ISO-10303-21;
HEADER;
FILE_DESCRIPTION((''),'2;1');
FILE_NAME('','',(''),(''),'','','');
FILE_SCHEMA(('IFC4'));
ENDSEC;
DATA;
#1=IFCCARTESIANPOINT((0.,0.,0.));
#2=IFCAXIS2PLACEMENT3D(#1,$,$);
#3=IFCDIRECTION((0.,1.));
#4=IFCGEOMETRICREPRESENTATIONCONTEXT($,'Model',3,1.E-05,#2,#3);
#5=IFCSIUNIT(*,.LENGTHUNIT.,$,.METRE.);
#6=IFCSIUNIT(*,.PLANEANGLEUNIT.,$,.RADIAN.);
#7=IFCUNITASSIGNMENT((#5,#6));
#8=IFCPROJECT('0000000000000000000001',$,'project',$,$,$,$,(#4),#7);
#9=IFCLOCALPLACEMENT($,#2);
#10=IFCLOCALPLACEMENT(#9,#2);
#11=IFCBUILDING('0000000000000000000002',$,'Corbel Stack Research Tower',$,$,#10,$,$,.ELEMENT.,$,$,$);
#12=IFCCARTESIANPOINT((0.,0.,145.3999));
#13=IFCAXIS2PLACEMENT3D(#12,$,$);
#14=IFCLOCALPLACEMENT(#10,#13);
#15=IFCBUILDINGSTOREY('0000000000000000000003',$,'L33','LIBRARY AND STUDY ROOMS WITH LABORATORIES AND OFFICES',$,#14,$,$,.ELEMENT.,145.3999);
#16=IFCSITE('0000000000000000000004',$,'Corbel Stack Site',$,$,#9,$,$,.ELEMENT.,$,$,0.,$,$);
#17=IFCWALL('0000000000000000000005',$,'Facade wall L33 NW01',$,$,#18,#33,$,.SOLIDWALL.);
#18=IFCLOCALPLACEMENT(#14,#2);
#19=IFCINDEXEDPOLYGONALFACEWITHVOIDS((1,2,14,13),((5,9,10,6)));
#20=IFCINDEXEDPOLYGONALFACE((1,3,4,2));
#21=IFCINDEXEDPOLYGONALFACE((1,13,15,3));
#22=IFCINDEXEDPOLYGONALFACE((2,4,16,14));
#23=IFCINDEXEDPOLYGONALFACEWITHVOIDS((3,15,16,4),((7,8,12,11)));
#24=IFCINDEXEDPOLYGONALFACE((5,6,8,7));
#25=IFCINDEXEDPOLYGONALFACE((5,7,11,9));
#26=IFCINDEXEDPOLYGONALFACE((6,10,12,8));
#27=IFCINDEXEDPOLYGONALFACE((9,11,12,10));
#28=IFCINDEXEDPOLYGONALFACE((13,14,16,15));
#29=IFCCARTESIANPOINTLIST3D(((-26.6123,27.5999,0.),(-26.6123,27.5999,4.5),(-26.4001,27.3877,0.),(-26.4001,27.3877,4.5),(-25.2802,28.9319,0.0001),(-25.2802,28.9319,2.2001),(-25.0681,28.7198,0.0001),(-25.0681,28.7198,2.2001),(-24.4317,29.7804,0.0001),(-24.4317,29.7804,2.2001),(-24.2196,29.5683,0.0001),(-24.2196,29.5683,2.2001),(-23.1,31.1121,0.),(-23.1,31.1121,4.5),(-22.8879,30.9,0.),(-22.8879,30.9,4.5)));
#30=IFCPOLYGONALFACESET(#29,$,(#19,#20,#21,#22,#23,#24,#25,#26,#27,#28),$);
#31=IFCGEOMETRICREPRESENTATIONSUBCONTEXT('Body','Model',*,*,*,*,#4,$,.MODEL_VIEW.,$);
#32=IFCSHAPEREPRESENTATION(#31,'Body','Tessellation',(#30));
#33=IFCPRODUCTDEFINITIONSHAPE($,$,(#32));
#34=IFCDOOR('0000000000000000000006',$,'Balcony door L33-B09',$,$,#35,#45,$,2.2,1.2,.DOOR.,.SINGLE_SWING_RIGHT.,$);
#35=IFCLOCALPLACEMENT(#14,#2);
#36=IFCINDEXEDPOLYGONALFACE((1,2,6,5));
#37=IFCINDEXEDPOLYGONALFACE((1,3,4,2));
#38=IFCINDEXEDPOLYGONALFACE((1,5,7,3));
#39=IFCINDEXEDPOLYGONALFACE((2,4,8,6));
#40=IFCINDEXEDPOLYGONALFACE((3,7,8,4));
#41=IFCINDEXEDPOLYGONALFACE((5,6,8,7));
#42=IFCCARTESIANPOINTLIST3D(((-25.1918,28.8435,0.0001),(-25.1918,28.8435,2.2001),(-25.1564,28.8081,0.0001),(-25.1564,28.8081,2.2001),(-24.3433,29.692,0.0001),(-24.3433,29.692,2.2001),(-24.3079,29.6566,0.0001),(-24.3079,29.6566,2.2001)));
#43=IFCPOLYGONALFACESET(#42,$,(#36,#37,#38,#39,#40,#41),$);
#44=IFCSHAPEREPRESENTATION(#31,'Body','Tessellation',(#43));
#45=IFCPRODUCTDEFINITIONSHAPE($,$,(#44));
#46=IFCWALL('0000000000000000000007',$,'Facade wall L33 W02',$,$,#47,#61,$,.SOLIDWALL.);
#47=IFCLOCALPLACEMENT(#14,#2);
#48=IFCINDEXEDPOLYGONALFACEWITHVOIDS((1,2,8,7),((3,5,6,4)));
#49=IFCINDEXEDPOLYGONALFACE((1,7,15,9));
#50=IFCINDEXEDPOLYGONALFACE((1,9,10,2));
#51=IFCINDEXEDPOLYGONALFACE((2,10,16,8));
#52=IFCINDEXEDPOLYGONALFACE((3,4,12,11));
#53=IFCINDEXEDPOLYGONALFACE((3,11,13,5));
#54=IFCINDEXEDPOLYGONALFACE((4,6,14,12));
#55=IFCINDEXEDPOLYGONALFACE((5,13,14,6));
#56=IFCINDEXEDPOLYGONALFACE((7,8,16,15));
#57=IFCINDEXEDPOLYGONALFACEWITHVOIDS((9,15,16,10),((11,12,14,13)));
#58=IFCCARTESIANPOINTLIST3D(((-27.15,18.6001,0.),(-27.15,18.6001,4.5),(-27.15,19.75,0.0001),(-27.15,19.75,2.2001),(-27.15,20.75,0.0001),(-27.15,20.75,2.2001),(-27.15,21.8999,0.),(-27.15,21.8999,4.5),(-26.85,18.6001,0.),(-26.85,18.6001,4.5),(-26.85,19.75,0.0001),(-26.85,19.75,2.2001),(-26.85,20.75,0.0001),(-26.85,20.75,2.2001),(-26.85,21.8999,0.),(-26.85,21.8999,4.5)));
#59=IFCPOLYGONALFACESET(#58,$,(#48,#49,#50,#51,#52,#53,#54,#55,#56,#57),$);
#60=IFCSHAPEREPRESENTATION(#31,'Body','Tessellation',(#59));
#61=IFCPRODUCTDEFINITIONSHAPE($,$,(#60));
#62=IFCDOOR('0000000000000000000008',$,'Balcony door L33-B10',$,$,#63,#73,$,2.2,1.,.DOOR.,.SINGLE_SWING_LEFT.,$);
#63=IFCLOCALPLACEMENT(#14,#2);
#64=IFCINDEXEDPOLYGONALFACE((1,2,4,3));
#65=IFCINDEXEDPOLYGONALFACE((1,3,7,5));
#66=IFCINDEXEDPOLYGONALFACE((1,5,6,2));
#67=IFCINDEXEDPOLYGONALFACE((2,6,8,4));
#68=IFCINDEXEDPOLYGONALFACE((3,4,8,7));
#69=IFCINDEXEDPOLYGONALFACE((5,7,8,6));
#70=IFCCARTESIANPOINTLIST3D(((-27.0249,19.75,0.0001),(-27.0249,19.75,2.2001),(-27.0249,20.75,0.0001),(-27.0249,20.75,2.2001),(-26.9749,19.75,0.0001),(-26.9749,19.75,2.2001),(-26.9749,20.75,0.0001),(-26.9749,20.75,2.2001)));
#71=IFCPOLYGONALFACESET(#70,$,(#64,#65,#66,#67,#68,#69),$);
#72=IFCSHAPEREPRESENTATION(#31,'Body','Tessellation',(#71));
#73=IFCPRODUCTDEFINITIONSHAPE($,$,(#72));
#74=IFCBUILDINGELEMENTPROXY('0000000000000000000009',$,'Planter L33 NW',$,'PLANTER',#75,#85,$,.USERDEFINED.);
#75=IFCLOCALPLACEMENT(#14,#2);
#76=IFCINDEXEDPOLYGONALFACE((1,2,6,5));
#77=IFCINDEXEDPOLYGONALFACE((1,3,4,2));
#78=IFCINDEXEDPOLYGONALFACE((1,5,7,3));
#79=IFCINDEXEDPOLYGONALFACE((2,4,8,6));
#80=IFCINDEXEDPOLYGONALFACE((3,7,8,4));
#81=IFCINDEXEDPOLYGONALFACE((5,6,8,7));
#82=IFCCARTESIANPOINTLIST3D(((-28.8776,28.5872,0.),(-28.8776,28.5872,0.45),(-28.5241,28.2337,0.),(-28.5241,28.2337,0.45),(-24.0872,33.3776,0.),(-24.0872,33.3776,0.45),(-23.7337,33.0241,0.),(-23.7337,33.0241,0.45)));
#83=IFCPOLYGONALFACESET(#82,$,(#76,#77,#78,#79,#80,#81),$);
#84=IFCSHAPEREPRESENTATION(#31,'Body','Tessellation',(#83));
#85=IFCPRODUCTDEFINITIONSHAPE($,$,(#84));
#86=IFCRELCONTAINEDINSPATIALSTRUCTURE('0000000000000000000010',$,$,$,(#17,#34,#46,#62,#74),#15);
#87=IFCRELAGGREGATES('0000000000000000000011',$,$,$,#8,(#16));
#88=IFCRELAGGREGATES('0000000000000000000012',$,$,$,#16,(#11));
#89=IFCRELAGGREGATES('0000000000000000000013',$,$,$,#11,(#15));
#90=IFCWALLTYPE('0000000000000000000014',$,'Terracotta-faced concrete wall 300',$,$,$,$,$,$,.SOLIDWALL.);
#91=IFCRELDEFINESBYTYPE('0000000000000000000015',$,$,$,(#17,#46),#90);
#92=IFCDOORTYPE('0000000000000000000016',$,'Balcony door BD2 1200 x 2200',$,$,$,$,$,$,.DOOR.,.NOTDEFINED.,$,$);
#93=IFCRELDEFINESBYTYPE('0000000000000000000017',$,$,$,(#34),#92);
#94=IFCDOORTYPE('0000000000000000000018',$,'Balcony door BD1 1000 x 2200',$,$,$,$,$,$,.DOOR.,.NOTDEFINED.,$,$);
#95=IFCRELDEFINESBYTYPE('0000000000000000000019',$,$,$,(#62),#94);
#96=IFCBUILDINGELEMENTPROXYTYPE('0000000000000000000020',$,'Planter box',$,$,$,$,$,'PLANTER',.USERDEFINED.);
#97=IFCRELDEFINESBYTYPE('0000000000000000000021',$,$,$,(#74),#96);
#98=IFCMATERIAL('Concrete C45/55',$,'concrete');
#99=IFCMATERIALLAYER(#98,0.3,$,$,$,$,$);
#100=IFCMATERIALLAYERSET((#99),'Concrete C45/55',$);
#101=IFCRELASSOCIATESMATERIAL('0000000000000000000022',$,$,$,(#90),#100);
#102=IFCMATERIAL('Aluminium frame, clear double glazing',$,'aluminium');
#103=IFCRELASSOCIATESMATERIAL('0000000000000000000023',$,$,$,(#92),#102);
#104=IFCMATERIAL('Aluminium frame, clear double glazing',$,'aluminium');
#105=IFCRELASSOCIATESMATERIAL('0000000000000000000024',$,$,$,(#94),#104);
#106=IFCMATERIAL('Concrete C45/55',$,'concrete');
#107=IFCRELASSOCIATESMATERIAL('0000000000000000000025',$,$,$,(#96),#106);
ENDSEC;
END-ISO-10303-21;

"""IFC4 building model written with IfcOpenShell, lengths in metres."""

from ifc_helpers import new_model, si_unit, direction, frame, frame_2d, origin, origin_2d, place, context, subcontext, project, spatial, rectangle, extrude, material, layer, layer_set, type_object, element, fill, save


model = new_model("IFC4")

# Units and contexts
model_context = context("Model", 3, precision=1e-05, world=origin(), true_north=direction((0.0, 1.0)))
body_context = subcontext(model_context, "Body", "Model", "MODEL_VIEW")
ifc_project = project(units=[si_unit("LENGTHUNIT", "METRE"), si_unit("PLANEANGLEUNIT", "RADIAN")], contexts=[model_context])

# Site, building, storey
site_placement = place(None, origin())
site = spatial("IfcSite", under=ifc_project, at=site_placement, Name="Corbel Stack Site", CompositionType="ELEMENT", RefElevation=0.0)
building_placement = place(site_placement, origin())
building = spatial("IfcBuilding", under=site, at=building_placement, Name="Corbel Stack Research Tower", CompositionType="ELEMENT")
storey_placement = place(building_placement, frame((0.0, 0.0, 145.3999)))
storey = spatial("IfcBuildingStorey", under=building, at=storey_placement, Name="L33", Description="LIBRARY AND STUDY ROOMS WITH LABORATORIES AND OFFICES", CompositionType="ELEMENT", Elevation=145.3999)

# Walls, openings, doors
ifc_material_1 = material(Name="Concrete C45/55", Category="concrete")
ifc_layer_1 = layer(ifc_material_1, 0.3)
ifc_layer_set_1 = layer_set([ifc_layer_1], Name="Concrete C45/55")
wall_type = type_object("IfcWallType", Name="Terracotta-faced concrete wall 300", PredefinedType="SOLIDWALL", material=ifc_layer_set_1)
wall_1_placement = place(storey_placement, frame((-26.5061, 27.4939, 0.0), z_axis=(0.0, 0.0, 1.0), x_axis=(0.707107, 0.707107, 0.0)))
wall_1 = element("IfcWall", 1, at=wall_1_placement, inside=storey, type_object=wall_type, Name="Facade wall L33 NW01", PredefinedType="SOLIDWALL", context=body_context, shape_type="SweptSolid", body=[
    extrude(rectangle(XDim=4.967, YDim=0.3, at=frame_2d((2.4834, 0.0))), origin(), (0.0, 0.0, 1.0), 4.5),
])
opening_1_placement = place(wall_1_placement, frame((1.8835, 0.0, 0.0)))
opening_1 = element("IfcOpeningElement", 2, at=opening_1_placement, cuts=wall_1, PredefinedType="OPENING", context=body_context, shape_type="SweptSolid", body=[
    extrude(rectangle(XDim=1.2, YDim=2.2, at=frame_2d((0.6001, 1.1001))), frame((0.0, 0.1599, 0.0), z_axis=(0.0, -1.0, 0.0), x_axis=(1.0, 0.0, 0.0)), (0.0, 0.0, 1.0), 0.3201),
])
ifc_material_2 = material(Name="Aluminium frame, clear double glazing", Category="aluminium")
door_type_1 = type_object("IfcDoorType", Name="Balcony door BD2 1200 x 2200", OperationType="NOTDEFINED", PredefinedType="DOOR", material=ifc_material_2)
door_1_placement = place(opening_1_placement, origin())
door_1 = element("IfcDoor", 3, at=door_1_placement, inside=storey, type_object=door_type_1, Name="Balcony door L33-B09", OperationType="SINGLE_SWING_RIGHT", OverallHeight=2.2, OverallWidth=1.2, PredefinedType="DOOR", context=body_context, shape_type="SweptSolid", body=[
    extrude(rectangle(XDim=1.2, YDim=2.2, at=frame_2d((0.6001, 1.1001))), frame((0.0, 0.0249, 0.0), z_axis=(0.0, -1.0, 0.0), x_axis=(1.0, 0.0, 0.0)), (0.0, 0.0, 1.0), 0.05),
])
fill(opening_1, door_1)
wall_2_placement = place(storey_placement, frame((-27.0, 18.6001, 0.0), z_axis=(0.0, 0.0, 1.0), x_axis=(0.0, 1.0, 0.0)))
wall_2 = element("IfcWall", 4, at=wall_2_placement, inside=storey, type_object=wall_type, Name="Facade wall L33 W02", PredefinedType="SOLIDWALL", context=body_context, shape_type="SweptSolid", body=[
    extrude(rectangle(XDim=3.2998, YDim=0.3, at=frame_2d((1.6499, 0.0))), origin(), (0.0, 0.0, 1.0), 4.5),
])
opening_2_placement = place(wall_2_placement, frame((1.1499, 0.0, 0.0)))
opening_2 = element("IfcOpeningElement", 5, at=opening_2_placement, cuts=wall_2, PredefinedType="OPENING", context=body_context, shape_type="SweptSolid", body=[
    extrude(rectangle(XDim=1.0, YDim=2.2, at=frame_2d((0.5, 1.1001))), frame((0.0, 0.1599, 0.0), z_axis=(0.0, -1.0, 0.0), x_axis=(1.0, 0.0, 0.0)), (0.0, 0.0, 1.0), 0.3201),
])
ifc_material_3 = material(Name="Aluminium frame, clear double glazing", Category="aluminium")
door_type_2 = type_object("IfcDoorType", Name="Balcony door BD1 1000 x 2200", OperationType="NOTDEFINED", PredefinedType="DOOR", material=ifc_material_3)
door_2_placement = place(opening_2_placement, origin())
door_2 = element("IfcDoor", 6, at=door_2_placement, inside=storey, type_object=door_type_2, Name="Balcony door L33-B10", OperationType="SINGLE_SWING_LEFT", OverallHeight=2.2, OverallWidth=1.0, PredefinedType="DOOR", context=body_context, shape_type="SweptSolid", body=[
    extrude(rectangle(XDim=1.0, YDim=2.2, at=frame_2d((0.5, 1.1001))), frame((0.0, 0.0249, 0.0), z_axis=(0.0, -1.0, 0.0), x_axis=(1.0, 0.0, 0.0)), (0.0, 0.0, 1.0), 0.05),
])
fill(opening_2, door_2)

# Building element proxy
ifc_material_4 = material(Name="Concrete C45/55", Category="concrete")
building_element_proxy_type = type_object("IfcBuildingElementProxyType", Name="Planter box", ElementType="PLANTER", PredefinedType="USERDEFINED", material=ifc_material_4)
proxy_placement = place(storey_placement, frame((-26.3057, 30.8057, 0.0), z_axis=(0.0, 0.0, 1.0), x_axis=(-0.707107, -0.707107, 0.0)))
element("IfcBuildingElementProxy", 7, at=proxy_placement, inside=storey, type_object=building_element_proxy_type, Name="Planter L33 NW", ObjectType="PLANTER", PredefinedType="USERDEFINED", context=body_context, shape_type="SweptSolid", body=[
    extrude(rectangle(XDim=6.7747, YDim=0.5, at=origin_2d()), origin(), (0.0, 0.0, 1.0), 0.45),
])

save(model, "model.ifc")
